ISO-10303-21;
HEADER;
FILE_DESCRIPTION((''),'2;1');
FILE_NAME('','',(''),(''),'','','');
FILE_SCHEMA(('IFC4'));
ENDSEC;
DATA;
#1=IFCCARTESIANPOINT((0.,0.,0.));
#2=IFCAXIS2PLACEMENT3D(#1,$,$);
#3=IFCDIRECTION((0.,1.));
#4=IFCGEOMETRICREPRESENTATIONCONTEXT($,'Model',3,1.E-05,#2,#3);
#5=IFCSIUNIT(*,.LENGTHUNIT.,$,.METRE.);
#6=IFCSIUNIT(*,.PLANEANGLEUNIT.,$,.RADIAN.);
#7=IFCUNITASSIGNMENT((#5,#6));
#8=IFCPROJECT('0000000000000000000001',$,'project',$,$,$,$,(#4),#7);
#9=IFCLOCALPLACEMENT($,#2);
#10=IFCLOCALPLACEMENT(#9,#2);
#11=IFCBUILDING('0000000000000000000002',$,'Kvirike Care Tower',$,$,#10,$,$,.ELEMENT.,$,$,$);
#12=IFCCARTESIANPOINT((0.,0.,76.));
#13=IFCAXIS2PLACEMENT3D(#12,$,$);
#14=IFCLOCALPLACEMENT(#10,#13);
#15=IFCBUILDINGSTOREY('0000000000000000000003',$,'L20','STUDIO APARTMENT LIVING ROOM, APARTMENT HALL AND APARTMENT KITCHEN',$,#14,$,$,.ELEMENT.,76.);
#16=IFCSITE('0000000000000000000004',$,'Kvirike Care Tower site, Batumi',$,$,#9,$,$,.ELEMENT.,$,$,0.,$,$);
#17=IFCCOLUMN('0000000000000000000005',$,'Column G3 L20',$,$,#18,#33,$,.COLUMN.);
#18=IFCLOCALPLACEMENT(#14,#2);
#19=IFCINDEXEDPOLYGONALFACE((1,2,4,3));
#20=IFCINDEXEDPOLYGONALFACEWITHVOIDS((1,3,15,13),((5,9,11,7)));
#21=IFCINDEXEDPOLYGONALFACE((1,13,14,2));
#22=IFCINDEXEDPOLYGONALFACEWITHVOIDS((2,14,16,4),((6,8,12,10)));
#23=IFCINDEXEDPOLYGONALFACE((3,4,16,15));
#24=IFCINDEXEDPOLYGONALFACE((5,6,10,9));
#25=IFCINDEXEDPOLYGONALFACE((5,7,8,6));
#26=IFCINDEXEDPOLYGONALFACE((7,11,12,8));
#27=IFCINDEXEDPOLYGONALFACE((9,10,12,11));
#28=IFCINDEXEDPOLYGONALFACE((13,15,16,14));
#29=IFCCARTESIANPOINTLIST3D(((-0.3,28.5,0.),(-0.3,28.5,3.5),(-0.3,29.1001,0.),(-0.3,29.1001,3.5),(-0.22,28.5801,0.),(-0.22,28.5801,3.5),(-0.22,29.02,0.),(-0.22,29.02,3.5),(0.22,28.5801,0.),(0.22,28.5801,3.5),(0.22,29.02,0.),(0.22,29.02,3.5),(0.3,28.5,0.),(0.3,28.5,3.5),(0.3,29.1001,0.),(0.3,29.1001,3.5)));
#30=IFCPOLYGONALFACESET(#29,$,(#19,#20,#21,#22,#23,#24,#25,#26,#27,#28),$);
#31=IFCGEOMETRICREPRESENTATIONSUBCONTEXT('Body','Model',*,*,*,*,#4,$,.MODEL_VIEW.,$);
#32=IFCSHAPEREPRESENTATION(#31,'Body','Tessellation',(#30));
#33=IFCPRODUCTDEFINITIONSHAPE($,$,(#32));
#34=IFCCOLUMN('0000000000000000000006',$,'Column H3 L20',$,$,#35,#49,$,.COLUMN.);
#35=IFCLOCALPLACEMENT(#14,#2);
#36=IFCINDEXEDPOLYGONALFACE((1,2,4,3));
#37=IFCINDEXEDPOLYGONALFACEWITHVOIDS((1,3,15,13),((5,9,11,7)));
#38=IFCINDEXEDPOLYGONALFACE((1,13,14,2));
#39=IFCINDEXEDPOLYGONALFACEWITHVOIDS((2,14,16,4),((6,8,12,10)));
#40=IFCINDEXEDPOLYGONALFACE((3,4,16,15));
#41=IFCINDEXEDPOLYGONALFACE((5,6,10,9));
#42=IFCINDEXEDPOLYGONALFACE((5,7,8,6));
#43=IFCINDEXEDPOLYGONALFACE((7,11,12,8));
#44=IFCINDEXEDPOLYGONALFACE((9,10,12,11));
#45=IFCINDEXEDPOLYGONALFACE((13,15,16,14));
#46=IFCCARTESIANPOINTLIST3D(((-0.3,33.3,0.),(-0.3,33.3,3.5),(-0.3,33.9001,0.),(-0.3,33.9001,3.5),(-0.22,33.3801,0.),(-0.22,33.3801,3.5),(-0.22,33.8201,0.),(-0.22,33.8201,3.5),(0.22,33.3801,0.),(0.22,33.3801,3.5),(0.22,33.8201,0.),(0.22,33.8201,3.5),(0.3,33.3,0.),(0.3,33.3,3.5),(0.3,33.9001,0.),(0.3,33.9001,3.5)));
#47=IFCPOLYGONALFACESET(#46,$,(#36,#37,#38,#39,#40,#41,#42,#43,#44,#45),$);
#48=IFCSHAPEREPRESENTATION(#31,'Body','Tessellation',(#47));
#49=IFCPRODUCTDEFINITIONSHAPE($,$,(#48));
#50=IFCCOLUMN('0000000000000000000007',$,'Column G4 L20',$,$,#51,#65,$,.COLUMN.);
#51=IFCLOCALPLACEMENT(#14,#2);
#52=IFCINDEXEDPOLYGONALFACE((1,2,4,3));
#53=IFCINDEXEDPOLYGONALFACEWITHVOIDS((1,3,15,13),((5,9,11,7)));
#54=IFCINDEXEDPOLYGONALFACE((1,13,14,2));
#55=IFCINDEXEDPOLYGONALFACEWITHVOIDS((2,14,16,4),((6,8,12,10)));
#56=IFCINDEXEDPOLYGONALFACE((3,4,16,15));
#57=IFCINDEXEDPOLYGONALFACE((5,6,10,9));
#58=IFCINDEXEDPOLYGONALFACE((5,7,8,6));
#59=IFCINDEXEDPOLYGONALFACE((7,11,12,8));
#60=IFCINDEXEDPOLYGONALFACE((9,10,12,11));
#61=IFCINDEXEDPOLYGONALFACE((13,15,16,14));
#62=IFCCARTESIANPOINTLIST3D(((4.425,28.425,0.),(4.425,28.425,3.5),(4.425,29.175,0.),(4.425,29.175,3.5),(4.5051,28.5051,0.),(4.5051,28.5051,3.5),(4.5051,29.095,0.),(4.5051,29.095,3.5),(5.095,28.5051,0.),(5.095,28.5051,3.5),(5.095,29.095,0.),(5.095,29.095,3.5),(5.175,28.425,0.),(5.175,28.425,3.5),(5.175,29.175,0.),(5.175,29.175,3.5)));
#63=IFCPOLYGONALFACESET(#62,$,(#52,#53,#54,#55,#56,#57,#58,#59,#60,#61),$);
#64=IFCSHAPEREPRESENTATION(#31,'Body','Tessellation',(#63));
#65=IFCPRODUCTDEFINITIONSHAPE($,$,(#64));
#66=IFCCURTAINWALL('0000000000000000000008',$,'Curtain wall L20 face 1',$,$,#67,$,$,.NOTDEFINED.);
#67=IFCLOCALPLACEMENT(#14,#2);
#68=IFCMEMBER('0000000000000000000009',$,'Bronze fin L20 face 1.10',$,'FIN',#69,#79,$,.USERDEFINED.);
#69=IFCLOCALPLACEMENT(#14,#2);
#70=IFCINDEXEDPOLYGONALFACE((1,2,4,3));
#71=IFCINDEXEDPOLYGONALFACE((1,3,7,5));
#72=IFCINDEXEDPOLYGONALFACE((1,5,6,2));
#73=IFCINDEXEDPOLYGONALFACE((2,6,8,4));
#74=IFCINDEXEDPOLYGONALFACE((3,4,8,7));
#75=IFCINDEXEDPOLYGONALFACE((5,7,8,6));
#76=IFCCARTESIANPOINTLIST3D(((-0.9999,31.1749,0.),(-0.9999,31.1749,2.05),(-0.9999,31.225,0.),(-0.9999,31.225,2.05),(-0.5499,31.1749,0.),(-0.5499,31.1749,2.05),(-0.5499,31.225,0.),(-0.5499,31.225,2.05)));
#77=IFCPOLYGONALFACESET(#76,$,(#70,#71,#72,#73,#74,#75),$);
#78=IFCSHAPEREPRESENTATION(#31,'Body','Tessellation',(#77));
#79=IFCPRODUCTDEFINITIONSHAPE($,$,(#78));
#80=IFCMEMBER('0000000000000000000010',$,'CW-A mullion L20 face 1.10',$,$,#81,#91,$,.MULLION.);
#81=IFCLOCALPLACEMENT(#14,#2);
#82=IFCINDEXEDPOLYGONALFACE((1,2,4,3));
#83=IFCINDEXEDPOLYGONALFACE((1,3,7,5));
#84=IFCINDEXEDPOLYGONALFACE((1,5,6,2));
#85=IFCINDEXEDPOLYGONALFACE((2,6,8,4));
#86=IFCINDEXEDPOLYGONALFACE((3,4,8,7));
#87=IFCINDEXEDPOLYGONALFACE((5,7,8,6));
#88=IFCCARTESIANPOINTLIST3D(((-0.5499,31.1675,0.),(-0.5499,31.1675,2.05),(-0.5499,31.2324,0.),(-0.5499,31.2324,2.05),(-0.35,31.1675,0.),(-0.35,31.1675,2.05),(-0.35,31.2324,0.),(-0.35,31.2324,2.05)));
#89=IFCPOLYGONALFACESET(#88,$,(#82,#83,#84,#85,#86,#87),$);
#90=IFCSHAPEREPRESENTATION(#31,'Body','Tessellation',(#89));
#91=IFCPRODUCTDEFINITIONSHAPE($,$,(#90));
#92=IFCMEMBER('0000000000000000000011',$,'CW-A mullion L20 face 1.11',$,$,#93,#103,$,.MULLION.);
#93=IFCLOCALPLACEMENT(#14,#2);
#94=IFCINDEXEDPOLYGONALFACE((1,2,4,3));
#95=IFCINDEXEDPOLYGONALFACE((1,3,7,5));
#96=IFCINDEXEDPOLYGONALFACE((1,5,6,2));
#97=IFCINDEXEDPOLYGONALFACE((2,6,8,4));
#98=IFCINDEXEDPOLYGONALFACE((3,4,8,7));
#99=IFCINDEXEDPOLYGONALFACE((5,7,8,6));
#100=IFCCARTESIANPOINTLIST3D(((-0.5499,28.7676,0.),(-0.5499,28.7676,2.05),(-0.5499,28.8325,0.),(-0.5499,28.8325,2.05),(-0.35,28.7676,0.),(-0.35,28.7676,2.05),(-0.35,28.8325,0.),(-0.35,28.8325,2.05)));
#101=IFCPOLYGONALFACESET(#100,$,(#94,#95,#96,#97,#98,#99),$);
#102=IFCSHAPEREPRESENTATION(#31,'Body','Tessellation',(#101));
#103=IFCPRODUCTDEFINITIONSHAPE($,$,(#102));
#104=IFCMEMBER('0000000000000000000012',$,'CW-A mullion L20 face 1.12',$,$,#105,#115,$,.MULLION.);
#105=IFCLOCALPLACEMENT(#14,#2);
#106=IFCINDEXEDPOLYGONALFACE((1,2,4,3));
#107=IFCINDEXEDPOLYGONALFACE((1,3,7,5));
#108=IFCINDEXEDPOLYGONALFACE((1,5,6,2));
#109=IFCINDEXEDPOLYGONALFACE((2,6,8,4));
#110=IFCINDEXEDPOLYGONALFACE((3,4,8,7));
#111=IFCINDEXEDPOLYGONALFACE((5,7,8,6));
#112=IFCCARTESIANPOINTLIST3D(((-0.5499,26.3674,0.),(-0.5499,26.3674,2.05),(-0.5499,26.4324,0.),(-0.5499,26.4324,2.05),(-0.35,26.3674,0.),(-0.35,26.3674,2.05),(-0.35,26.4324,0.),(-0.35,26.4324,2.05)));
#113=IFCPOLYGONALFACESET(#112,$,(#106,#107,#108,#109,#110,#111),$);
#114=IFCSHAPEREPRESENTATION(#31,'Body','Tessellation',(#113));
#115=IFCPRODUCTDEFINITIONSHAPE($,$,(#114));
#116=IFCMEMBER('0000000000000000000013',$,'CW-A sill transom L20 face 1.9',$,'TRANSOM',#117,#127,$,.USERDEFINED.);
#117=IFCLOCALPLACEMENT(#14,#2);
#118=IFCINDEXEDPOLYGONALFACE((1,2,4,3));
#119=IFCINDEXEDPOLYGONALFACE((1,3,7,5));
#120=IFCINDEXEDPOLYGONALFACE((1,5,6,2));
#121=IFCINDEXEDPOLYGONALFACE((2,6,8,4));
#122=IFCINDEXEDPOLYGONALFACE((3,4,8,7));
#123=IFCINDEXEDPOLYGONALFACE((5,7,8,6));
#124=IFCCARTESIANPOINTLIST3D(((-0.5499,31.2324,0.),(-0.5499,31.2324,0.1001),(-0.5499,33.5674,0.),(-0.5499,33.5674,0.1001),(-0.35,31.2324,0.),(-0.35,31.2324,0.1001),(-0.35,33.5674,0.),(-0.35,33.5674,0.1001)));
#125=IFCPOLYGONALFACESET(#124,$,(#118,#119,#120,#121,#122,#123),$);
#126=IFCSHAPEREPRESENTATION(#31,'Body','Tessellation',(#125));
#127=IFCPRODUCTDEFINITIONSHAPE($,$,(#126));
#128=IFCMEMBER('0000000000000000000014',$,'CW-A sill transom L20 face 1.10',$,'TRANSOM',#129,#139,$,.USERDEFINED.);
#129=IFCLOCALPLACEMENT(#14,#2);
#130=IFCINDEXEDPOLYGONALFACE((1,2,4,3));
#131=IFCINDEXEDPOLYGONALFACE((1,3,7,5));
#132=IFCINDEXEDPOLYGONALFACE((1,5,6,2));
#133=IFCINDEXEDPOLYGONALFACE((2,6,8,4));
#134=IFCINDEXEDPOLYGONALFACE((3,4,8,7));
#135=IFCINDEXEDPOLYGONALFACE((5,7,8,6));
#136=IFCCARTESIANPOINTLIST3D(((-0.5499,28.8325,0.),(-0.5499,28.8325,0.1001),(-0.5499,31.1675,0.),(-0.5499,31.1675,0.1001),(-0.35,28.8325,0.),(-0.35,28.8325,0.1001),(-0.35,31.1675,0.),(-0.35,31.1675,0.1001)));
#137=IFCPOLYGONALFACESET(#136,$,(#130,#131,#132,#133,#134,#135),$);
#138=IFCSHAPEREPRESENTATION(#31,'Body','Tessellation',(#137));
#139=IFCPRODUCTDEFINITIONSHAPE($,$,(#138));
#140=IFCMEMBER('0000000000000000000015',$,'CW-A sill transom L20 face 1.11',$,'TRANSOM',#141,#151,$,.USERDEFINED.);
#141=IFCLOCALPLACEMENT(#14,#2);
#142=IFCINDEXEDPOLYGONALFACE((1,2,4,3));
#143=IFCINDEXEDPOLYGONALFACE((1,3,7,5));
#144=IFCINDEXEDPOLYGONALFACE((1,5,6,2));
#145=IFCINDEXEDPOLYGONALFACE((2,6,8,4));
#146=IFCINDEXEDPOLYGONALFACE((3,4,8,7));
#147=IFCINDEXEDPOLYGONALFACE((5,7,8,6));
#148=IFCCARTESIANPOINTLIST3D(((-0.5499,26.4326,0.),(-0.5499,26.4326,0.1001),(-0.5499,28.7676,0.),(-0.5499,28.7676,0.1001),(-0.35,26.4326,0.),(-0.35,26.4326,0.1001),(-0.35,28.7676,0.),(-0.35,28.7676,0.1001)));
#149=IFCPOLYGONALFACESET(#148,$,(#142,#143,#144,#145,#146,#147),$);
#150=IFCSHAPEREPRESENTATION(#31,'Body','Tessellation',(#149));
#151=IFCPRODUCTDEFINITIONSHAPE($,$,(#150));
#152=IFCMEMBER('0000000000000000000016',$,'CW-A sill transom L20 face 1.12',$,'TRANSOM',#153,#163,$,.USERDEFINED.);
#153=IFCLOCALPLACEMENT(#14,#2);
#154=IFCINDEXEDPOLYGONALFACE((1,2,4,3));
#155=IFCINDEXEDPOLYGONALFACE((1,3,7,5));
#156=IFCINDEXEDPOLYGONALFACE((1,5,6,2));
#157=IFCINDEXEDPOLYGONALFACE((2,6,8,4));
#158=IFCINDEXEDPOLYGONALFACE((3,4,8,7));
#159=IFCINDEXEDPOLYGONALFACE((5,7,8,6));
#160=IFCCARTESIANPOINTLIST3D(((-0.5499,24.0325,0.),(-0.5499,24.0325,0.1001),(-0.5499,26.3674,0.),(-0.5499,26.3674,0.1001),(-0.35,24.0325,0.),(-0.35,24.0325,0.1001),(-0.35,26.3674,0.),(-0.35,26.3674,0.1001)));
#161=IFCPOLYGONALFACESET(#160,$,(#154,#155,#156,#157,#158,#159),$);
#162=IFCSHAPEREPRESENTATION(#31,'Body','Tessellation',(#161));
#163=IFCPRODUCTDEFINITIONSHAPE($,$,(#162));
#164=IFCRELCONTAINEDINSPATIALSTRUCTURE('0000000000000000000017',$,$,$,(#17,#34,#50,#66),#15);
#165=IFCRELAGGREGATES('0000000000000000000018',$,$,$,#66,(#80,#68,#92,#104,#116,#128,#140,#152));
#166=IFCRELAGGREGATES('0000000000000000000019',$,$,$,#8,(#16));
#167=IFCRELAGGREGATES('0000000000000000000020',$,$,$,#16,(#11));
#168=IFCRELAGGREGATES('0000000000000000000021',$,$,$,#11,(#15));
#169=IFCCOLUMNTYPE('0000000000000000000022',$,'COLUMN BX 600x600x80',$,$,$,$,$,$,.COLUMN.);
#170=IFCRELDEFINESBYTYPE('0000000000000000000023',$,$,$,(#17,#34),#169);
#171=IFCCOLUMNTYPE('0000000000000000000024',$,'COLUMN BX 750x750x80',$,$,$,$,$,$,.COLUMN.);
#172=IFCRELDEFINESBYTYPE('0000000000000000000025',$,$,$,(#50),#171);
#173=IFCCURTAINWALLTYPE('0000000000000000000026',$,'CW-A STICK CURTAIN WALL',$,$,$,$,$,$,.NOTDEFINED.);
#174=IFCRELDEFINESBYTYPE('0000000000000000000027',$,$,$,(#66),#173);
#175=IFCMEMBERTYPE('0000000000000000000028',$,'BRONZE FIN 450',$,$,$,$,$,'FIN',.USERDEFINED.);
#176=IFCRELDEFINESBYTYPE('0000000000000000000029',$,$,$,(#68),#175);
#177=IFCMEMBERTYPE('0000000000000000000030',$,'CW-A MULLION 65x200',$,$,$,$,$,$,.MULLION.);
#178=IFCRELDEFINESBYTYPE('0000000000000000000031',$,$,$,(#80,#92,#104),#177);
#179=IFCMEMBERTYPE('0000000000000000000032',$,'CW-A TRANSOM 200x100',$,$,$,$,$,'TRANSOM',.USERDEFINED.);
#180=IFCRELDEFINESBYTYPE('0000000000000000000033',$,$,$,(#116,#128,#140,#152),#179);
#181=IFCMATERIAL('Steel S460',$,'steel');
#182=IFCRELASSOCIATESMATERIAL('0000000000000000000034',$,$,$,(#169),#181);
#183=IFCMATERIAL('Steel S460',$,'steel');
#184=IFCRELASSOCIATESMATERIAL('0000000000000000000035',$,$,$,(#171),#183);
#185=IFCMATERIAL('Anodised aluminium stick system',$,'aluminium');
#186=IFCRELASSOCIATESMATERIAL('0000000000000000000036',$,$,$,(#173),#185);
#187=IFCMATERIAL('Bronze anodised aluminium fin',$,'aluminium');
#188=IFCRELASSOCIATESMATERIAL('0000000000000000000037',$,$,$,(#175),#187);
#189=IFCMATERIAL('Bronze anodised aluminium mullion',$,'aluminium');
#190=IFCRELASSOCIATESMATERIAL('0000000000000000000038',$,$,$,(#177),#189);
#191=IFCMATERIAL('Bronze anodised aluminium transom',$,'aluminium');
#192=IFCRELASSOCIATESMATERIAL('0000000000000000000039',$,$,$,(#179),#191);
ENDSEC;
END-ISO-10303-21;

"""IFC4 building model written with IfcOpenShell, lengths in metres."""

from ifc_helpers import new_model, si_unit, direction, frame, origin, origin_2d, place, context, subcontext, project, spatial, rectangle, hollow_rectangle, extrude, material, material_profile, profile_set, type_object, element, aggregate, save


model = new_model("IFC4")

# Units and contexts
model_context = context("Model", 3, precision=1e-05, world=origin(), true_north=direction((0.0, 1.0)))
body_context = subcontext(model_context, "Body", "Model", "MODEL_VIEW")
ifc_project = project(units=[si_unit("LENGTHUNIT", "METRE"), si_unit("PLANEANGLEUNIT", "RADIAN")], contexts=[model_context])

# Site, building, storey
site_placement = place(None, origin())
site = spatial("IfcSite", under=ifc_project, at=site_placement, Name="Kvirike Care Tower site, Batumi", CompositionType="ELEMENT", RefElevation=0.0)
building_placement = place(site_placement, origin())
building = spatial("IfcBuilding", under=site, at=building_placement, Name="Kvirike Care Tower", CompositionType="ELEMENT")
storey_placement = place(building_placement, frame((0.0, 0.0, 76.0)))
storey = spatial("IfcBuildingStorey", under=building, at=storey_placement, Name="L20", Description="STUDIO APARTMENT LIVING ROOM, APARTMENT HALL AND APARTMENT KITCHEN", CompositionType="ELEMENT", Elevation=76.0)

# Columns
ifc_material_1 = material(Name="Steel S460", Category="steel")
ifc_material_profile_1 = material_profile(ifc_material_1, hollow_rectangle(XDim=0.6001, YDim=0.6001, WallThickness=0.0801, at=origin_2d()), Name="BX 600x600x80")
ifc_profile_set_1 = profile_set([ifc_material_profile_1], Name="Steel S460")
column_type_1 = type_object("IfcColumnType", Name="COLUMN BX 600x600x80", PredefinedType="COLUMN", material=ifc_profile_set_1)
for number, where, z_axis, x_axis, name in (
    (1, (0.0, 28.8, 0.0), (0.0, 0.0, 1.0), (0.0, 1.0, 0.0), "Column G3 L20"),
    (2, (0.0, 33.6001, 0.0), (0.0, 0.0, 1.0), (1.0, 0.0, 0.0), "Column H3 L20"),
):
    element("IfcColumn", number, at=place(storey_placement, frame(where, z_axis=z_axis, x_axis=x_axis)), inside=storey, type_object=column_type_1, Name=name, PredefinedType="COLUMN", context=body_context, shape_type="SweptSolid", body=[
        extrude(hollow_rectangle(XDim=0.6001, YDim=0.6001, WallThickness=0.0801, at=origin_2d()), origin(), (0.0, 0.0, 1.0), 3.5),
    ])
ifc_material_2 = material(Name="Steel S460", Category="steel")
ifc_material_profile_2 = material_profile(ifc_material_2, hollow_rectangle(XDim=0.75, YDim=0.75, WallThickness=0.0801, at=origin_2d()), Name="BX 750x750x80")
ifc_profile_set_2 = profile_set([ifc_material_profile_2], Name="Steel S460")
column_type_2 = type_object("IfcColumnType", Name="COLUMN BX 750x750x80", PredefinedType="COLUMN", material=ifc_profile_set_2)
column_placement = place(storey_placement, frame((4.8, 28.8, 0.0), z_axis=(0.0, 0.0, 1.0), x_axis=(0.0, 1.0, 0.0)))
element("IfcColumn", 3, at=column_placement, inside=storey, type_object=column_type_2, Name="Column G4 L20", PredefinedType="COLUMN", context=body_context, shape_type="SweptSolid", body=[
    extrude(hollow_rectangle(XDim=0.75, YDim=0.75, WallThickness=0.0801, at=origin_2d()), origin(), (0.0, 0.0, 1.0), 3.5),
])

# Curtain wall, members
ifc_material_3 = material(Name="Anodised aluminium stick system", Category="aluminium")
curtain_wall_type = type_object("IfcCurtainWallType", Name="CW-A STICK CURTAIN WALL", PredefinedType="NOTDEFINED", material=ifc_material_3)
curtain_wall_placement = place(storey_placement, origin())
curtain_wall = element("IfcCurtainWall", 4, at=curtain_wall_placement, inside=storey, type_object=curtain_wall_type, Name="Curtain wall L20 face 1", PredefinedType="NOTDEFINED")
ifc_material_4 = material(Name="Bronze anodised aluminium fin", Category="aluminium")
ifc_material_profile_3 = material_profile(ifc_material_4, rectangle(XDim=0.05, YDim=0.45, at=origin_2d()), Name="BRONZE FIN 450")
ifc_profile_set_3 = profile_set([ifc_material_profile_3], Name="Bronze anodised aluminium fin")
member_type_1 = type_object("IfcMemberType", Name="BRONZE FIN 450", ElementType="FIN", PredefinedType="USERDEFINED", material=ifc_profile_set_3)
member_1_placement = place(storey_placement, frame((-0.7749, 31.2, 0.0), z_axis=(0.0, 0.0, 1.0), x_axis=(0.0, -1.0, 0.0)))
member_1 = element("IfcMember", 5, at=member_1_placement, type_object=member_type_1, Name="Bronze fin L20 face 1.10", ObjectType="FIN", PredefinedType="USERDEFINED", context=body_context, shape_type="SweptSolid", body=[
    extrude(rectangle(XDim=0.05, YDim=0.45, at=origin_2d()), origin(), (0.0, 0.0, 1.0), 2.05),
])
ifc_material_5 = material(Name="Bronze anodised aluminium mullion", Category="aluminium")
ifc_material_profile_4 = material_profile(ifc_material_5, rectangle(XDim=0.0649, YDim=0.2, at=origin_2d()), Name="CW-A MULLION 65x200")
ifc_profile_set_4 = profile_set([ifc_material_profile_4], Name="Bronze anodised aluminium mullion")
member_type_2 = type_object("IfcMemberType", Name="CW-A MULLION 65x200", PredefinedType="MULLION", material=ifc_profile_set_4)
member_2_placement = place(storey_placement, frame((-0.45, 31.2, 0.0), z_axis=(0.0, 0.0, 1.0), x_axis=(0.0, -1.0, 0.0)))
member_2 = element("IfcMember", 6, at=member_2_placement, type_object=member_type_2, Name="CW-A mullion L20 face 1.10", PredefinedType="MULLION", context=body_context, shape_type="SweptSolid", body=[
    extrude(rectangle(XDim=0.0649, YDim=0.2, at=origin_2d()), origin(), (0.0, 0.0, 1.0), 2.05),
])
member_3_placement = place(storey_placement, frame((-0.45, 28.8, 0.0), z_axis=(0.0, 0.0, 1.0), x_axis=(0.0, -1.0, 0.0)))
member_3 = element("IfcMember", 7, at=member_3_placement, type_object=member_type_2, Name="CW-A mullion L20 face 1.11", PredefinedType="MULLION", context=body_context, shape_type="SweptSolid", body=[
    extrude(rectangle(XDim=0.0649, YDim=0.2, at=origin_2d()), origin(), (0.0, 0.0, 1.0), 2.05),
])
member_4_placement = place(storey_placement, frame((-0.45, 26.3999, 0.0), z_axis=(0.0, 0.0, 1.0), x_axis=(0.0, -1.0, 0.0)))
member_4 = element("IfcMember", 8, at=member_4_placement, type_object=member_type_2, Name="CW-A mullion L20 face 1.12", PredefinedType="MULLION", context=body_context, shape_type="SweptSolid", body=[
    extrude(rectangle(XDim=0.0649, YDim=0.2, at=origin_2d()), origin(), (0.0, 0.0, 1.0), 2.05),
])
ifc_material_6 = material(Name="Bronze anodised aluminium transom", Category="aluminium")
ifc_material_profile_5 = material_profile(ifc_material_6, rectangle(XDim=0.2, YDim=0.1001, at=origin_2d()), Name="CW-A TRANSOM 200x100")
ifc_profile_set_5 = profile_set([ifc_material_profile_5], Name="Bronze anodised aluminium transom")
member_type_3 = type_object("IfcMemberType", Name="CW-A TRANSOM 200x100", ElementType="TRANSOM", PredefinedType="USERDEFINED", material=ifc_profile_set_5)
member_5_placement = place(storey_placement, frame((-0.45, 33.5674, 0.05), z_axis=(0.0, -1.0, 0.0), x_axis=(1.0, 0.0, 0.0)))
member_5 = element("IfcMember", 9, at=member_5_placement, type_object=member_type_3, Name="CW-A sill transom L20 face 1.9", ObjectType="TRANSOM", PredefinedType="USERDEFINED", context=body_context, shape_type="SweptSolid", body=[
    extrude(rectangle(XDim=0.2, YDim=0.1001, at=origin_2d()), origin(), (0.0, 0.0, 1.0), 2.335),
])
member_6_placement = place(storey_placement, frame((-0.45, 31.1675, 0.05), z_axis=(0.0, -1.0, 0.0), x_axis=(1.0, 0.0, 0.0)))
member_6 = element("IfcMember", 10, at=member_6_placement, type_object=member_type_3, Name="CW-A sill transom L20 face 1.10", ObjectType="TRANSOM", PredefinedType="USERDEFINED", context=body_context, shape_type="SweptSolid", body=[
    extrude(rectangle(XDim=0.2, YDim=0.1001, at=origin_2d()), origin(), (0.0, 0.0, 1.0), 2.335),
])
member_7_placement = place(storey_placement, frame((-0.45, 28.7676, 0.05), z_axis=(0.0, -1.0, 0.0), x_axis=(1.0, 0.0, 0.0)))
member_7 = element("IfcMember", 11, at=member_7_placement, type_object=member_type_3, Name="CW-A sill transom L20 face 1.11", ObjectType="TRANSOM", PredefinedType="USERDEFINED", context=body_context, shape_type="SweptSolid", body=[
    extrude(rectangle(XDim=0.2, YDim=0.1001, at=origin_2d()), origin(), (0.0, 0.0, 1.0), 2.335),
])
member_8_placement = place(storey_placement, frame((-0.45, 26.3674, 0.05), z_axis=(0.0, -1.0, 0.0), x_axis=(1.0, 0.0, 0.0)))
member_8 = element("IfcMember", 12, at=member_8_placement, type_object=member_type_3, Name="CW-A sill transom L20 face 1.12", ObjectType="TRANSOM", PredefinedType="USERDEFINED", context=body_context, shape_type="SweptSolid", body=[
    extrude(rectangle(XDim=0.2, YDim=0.1001, at=origin_2d()), origin(), (0.0, 0.0, 1.0), 2.335),
])

aggregate(curtain_wall, [member_2, member_1, member_3, member_4, member_5, member_6, member_7, member_8])

save(model, "model.ifc")
